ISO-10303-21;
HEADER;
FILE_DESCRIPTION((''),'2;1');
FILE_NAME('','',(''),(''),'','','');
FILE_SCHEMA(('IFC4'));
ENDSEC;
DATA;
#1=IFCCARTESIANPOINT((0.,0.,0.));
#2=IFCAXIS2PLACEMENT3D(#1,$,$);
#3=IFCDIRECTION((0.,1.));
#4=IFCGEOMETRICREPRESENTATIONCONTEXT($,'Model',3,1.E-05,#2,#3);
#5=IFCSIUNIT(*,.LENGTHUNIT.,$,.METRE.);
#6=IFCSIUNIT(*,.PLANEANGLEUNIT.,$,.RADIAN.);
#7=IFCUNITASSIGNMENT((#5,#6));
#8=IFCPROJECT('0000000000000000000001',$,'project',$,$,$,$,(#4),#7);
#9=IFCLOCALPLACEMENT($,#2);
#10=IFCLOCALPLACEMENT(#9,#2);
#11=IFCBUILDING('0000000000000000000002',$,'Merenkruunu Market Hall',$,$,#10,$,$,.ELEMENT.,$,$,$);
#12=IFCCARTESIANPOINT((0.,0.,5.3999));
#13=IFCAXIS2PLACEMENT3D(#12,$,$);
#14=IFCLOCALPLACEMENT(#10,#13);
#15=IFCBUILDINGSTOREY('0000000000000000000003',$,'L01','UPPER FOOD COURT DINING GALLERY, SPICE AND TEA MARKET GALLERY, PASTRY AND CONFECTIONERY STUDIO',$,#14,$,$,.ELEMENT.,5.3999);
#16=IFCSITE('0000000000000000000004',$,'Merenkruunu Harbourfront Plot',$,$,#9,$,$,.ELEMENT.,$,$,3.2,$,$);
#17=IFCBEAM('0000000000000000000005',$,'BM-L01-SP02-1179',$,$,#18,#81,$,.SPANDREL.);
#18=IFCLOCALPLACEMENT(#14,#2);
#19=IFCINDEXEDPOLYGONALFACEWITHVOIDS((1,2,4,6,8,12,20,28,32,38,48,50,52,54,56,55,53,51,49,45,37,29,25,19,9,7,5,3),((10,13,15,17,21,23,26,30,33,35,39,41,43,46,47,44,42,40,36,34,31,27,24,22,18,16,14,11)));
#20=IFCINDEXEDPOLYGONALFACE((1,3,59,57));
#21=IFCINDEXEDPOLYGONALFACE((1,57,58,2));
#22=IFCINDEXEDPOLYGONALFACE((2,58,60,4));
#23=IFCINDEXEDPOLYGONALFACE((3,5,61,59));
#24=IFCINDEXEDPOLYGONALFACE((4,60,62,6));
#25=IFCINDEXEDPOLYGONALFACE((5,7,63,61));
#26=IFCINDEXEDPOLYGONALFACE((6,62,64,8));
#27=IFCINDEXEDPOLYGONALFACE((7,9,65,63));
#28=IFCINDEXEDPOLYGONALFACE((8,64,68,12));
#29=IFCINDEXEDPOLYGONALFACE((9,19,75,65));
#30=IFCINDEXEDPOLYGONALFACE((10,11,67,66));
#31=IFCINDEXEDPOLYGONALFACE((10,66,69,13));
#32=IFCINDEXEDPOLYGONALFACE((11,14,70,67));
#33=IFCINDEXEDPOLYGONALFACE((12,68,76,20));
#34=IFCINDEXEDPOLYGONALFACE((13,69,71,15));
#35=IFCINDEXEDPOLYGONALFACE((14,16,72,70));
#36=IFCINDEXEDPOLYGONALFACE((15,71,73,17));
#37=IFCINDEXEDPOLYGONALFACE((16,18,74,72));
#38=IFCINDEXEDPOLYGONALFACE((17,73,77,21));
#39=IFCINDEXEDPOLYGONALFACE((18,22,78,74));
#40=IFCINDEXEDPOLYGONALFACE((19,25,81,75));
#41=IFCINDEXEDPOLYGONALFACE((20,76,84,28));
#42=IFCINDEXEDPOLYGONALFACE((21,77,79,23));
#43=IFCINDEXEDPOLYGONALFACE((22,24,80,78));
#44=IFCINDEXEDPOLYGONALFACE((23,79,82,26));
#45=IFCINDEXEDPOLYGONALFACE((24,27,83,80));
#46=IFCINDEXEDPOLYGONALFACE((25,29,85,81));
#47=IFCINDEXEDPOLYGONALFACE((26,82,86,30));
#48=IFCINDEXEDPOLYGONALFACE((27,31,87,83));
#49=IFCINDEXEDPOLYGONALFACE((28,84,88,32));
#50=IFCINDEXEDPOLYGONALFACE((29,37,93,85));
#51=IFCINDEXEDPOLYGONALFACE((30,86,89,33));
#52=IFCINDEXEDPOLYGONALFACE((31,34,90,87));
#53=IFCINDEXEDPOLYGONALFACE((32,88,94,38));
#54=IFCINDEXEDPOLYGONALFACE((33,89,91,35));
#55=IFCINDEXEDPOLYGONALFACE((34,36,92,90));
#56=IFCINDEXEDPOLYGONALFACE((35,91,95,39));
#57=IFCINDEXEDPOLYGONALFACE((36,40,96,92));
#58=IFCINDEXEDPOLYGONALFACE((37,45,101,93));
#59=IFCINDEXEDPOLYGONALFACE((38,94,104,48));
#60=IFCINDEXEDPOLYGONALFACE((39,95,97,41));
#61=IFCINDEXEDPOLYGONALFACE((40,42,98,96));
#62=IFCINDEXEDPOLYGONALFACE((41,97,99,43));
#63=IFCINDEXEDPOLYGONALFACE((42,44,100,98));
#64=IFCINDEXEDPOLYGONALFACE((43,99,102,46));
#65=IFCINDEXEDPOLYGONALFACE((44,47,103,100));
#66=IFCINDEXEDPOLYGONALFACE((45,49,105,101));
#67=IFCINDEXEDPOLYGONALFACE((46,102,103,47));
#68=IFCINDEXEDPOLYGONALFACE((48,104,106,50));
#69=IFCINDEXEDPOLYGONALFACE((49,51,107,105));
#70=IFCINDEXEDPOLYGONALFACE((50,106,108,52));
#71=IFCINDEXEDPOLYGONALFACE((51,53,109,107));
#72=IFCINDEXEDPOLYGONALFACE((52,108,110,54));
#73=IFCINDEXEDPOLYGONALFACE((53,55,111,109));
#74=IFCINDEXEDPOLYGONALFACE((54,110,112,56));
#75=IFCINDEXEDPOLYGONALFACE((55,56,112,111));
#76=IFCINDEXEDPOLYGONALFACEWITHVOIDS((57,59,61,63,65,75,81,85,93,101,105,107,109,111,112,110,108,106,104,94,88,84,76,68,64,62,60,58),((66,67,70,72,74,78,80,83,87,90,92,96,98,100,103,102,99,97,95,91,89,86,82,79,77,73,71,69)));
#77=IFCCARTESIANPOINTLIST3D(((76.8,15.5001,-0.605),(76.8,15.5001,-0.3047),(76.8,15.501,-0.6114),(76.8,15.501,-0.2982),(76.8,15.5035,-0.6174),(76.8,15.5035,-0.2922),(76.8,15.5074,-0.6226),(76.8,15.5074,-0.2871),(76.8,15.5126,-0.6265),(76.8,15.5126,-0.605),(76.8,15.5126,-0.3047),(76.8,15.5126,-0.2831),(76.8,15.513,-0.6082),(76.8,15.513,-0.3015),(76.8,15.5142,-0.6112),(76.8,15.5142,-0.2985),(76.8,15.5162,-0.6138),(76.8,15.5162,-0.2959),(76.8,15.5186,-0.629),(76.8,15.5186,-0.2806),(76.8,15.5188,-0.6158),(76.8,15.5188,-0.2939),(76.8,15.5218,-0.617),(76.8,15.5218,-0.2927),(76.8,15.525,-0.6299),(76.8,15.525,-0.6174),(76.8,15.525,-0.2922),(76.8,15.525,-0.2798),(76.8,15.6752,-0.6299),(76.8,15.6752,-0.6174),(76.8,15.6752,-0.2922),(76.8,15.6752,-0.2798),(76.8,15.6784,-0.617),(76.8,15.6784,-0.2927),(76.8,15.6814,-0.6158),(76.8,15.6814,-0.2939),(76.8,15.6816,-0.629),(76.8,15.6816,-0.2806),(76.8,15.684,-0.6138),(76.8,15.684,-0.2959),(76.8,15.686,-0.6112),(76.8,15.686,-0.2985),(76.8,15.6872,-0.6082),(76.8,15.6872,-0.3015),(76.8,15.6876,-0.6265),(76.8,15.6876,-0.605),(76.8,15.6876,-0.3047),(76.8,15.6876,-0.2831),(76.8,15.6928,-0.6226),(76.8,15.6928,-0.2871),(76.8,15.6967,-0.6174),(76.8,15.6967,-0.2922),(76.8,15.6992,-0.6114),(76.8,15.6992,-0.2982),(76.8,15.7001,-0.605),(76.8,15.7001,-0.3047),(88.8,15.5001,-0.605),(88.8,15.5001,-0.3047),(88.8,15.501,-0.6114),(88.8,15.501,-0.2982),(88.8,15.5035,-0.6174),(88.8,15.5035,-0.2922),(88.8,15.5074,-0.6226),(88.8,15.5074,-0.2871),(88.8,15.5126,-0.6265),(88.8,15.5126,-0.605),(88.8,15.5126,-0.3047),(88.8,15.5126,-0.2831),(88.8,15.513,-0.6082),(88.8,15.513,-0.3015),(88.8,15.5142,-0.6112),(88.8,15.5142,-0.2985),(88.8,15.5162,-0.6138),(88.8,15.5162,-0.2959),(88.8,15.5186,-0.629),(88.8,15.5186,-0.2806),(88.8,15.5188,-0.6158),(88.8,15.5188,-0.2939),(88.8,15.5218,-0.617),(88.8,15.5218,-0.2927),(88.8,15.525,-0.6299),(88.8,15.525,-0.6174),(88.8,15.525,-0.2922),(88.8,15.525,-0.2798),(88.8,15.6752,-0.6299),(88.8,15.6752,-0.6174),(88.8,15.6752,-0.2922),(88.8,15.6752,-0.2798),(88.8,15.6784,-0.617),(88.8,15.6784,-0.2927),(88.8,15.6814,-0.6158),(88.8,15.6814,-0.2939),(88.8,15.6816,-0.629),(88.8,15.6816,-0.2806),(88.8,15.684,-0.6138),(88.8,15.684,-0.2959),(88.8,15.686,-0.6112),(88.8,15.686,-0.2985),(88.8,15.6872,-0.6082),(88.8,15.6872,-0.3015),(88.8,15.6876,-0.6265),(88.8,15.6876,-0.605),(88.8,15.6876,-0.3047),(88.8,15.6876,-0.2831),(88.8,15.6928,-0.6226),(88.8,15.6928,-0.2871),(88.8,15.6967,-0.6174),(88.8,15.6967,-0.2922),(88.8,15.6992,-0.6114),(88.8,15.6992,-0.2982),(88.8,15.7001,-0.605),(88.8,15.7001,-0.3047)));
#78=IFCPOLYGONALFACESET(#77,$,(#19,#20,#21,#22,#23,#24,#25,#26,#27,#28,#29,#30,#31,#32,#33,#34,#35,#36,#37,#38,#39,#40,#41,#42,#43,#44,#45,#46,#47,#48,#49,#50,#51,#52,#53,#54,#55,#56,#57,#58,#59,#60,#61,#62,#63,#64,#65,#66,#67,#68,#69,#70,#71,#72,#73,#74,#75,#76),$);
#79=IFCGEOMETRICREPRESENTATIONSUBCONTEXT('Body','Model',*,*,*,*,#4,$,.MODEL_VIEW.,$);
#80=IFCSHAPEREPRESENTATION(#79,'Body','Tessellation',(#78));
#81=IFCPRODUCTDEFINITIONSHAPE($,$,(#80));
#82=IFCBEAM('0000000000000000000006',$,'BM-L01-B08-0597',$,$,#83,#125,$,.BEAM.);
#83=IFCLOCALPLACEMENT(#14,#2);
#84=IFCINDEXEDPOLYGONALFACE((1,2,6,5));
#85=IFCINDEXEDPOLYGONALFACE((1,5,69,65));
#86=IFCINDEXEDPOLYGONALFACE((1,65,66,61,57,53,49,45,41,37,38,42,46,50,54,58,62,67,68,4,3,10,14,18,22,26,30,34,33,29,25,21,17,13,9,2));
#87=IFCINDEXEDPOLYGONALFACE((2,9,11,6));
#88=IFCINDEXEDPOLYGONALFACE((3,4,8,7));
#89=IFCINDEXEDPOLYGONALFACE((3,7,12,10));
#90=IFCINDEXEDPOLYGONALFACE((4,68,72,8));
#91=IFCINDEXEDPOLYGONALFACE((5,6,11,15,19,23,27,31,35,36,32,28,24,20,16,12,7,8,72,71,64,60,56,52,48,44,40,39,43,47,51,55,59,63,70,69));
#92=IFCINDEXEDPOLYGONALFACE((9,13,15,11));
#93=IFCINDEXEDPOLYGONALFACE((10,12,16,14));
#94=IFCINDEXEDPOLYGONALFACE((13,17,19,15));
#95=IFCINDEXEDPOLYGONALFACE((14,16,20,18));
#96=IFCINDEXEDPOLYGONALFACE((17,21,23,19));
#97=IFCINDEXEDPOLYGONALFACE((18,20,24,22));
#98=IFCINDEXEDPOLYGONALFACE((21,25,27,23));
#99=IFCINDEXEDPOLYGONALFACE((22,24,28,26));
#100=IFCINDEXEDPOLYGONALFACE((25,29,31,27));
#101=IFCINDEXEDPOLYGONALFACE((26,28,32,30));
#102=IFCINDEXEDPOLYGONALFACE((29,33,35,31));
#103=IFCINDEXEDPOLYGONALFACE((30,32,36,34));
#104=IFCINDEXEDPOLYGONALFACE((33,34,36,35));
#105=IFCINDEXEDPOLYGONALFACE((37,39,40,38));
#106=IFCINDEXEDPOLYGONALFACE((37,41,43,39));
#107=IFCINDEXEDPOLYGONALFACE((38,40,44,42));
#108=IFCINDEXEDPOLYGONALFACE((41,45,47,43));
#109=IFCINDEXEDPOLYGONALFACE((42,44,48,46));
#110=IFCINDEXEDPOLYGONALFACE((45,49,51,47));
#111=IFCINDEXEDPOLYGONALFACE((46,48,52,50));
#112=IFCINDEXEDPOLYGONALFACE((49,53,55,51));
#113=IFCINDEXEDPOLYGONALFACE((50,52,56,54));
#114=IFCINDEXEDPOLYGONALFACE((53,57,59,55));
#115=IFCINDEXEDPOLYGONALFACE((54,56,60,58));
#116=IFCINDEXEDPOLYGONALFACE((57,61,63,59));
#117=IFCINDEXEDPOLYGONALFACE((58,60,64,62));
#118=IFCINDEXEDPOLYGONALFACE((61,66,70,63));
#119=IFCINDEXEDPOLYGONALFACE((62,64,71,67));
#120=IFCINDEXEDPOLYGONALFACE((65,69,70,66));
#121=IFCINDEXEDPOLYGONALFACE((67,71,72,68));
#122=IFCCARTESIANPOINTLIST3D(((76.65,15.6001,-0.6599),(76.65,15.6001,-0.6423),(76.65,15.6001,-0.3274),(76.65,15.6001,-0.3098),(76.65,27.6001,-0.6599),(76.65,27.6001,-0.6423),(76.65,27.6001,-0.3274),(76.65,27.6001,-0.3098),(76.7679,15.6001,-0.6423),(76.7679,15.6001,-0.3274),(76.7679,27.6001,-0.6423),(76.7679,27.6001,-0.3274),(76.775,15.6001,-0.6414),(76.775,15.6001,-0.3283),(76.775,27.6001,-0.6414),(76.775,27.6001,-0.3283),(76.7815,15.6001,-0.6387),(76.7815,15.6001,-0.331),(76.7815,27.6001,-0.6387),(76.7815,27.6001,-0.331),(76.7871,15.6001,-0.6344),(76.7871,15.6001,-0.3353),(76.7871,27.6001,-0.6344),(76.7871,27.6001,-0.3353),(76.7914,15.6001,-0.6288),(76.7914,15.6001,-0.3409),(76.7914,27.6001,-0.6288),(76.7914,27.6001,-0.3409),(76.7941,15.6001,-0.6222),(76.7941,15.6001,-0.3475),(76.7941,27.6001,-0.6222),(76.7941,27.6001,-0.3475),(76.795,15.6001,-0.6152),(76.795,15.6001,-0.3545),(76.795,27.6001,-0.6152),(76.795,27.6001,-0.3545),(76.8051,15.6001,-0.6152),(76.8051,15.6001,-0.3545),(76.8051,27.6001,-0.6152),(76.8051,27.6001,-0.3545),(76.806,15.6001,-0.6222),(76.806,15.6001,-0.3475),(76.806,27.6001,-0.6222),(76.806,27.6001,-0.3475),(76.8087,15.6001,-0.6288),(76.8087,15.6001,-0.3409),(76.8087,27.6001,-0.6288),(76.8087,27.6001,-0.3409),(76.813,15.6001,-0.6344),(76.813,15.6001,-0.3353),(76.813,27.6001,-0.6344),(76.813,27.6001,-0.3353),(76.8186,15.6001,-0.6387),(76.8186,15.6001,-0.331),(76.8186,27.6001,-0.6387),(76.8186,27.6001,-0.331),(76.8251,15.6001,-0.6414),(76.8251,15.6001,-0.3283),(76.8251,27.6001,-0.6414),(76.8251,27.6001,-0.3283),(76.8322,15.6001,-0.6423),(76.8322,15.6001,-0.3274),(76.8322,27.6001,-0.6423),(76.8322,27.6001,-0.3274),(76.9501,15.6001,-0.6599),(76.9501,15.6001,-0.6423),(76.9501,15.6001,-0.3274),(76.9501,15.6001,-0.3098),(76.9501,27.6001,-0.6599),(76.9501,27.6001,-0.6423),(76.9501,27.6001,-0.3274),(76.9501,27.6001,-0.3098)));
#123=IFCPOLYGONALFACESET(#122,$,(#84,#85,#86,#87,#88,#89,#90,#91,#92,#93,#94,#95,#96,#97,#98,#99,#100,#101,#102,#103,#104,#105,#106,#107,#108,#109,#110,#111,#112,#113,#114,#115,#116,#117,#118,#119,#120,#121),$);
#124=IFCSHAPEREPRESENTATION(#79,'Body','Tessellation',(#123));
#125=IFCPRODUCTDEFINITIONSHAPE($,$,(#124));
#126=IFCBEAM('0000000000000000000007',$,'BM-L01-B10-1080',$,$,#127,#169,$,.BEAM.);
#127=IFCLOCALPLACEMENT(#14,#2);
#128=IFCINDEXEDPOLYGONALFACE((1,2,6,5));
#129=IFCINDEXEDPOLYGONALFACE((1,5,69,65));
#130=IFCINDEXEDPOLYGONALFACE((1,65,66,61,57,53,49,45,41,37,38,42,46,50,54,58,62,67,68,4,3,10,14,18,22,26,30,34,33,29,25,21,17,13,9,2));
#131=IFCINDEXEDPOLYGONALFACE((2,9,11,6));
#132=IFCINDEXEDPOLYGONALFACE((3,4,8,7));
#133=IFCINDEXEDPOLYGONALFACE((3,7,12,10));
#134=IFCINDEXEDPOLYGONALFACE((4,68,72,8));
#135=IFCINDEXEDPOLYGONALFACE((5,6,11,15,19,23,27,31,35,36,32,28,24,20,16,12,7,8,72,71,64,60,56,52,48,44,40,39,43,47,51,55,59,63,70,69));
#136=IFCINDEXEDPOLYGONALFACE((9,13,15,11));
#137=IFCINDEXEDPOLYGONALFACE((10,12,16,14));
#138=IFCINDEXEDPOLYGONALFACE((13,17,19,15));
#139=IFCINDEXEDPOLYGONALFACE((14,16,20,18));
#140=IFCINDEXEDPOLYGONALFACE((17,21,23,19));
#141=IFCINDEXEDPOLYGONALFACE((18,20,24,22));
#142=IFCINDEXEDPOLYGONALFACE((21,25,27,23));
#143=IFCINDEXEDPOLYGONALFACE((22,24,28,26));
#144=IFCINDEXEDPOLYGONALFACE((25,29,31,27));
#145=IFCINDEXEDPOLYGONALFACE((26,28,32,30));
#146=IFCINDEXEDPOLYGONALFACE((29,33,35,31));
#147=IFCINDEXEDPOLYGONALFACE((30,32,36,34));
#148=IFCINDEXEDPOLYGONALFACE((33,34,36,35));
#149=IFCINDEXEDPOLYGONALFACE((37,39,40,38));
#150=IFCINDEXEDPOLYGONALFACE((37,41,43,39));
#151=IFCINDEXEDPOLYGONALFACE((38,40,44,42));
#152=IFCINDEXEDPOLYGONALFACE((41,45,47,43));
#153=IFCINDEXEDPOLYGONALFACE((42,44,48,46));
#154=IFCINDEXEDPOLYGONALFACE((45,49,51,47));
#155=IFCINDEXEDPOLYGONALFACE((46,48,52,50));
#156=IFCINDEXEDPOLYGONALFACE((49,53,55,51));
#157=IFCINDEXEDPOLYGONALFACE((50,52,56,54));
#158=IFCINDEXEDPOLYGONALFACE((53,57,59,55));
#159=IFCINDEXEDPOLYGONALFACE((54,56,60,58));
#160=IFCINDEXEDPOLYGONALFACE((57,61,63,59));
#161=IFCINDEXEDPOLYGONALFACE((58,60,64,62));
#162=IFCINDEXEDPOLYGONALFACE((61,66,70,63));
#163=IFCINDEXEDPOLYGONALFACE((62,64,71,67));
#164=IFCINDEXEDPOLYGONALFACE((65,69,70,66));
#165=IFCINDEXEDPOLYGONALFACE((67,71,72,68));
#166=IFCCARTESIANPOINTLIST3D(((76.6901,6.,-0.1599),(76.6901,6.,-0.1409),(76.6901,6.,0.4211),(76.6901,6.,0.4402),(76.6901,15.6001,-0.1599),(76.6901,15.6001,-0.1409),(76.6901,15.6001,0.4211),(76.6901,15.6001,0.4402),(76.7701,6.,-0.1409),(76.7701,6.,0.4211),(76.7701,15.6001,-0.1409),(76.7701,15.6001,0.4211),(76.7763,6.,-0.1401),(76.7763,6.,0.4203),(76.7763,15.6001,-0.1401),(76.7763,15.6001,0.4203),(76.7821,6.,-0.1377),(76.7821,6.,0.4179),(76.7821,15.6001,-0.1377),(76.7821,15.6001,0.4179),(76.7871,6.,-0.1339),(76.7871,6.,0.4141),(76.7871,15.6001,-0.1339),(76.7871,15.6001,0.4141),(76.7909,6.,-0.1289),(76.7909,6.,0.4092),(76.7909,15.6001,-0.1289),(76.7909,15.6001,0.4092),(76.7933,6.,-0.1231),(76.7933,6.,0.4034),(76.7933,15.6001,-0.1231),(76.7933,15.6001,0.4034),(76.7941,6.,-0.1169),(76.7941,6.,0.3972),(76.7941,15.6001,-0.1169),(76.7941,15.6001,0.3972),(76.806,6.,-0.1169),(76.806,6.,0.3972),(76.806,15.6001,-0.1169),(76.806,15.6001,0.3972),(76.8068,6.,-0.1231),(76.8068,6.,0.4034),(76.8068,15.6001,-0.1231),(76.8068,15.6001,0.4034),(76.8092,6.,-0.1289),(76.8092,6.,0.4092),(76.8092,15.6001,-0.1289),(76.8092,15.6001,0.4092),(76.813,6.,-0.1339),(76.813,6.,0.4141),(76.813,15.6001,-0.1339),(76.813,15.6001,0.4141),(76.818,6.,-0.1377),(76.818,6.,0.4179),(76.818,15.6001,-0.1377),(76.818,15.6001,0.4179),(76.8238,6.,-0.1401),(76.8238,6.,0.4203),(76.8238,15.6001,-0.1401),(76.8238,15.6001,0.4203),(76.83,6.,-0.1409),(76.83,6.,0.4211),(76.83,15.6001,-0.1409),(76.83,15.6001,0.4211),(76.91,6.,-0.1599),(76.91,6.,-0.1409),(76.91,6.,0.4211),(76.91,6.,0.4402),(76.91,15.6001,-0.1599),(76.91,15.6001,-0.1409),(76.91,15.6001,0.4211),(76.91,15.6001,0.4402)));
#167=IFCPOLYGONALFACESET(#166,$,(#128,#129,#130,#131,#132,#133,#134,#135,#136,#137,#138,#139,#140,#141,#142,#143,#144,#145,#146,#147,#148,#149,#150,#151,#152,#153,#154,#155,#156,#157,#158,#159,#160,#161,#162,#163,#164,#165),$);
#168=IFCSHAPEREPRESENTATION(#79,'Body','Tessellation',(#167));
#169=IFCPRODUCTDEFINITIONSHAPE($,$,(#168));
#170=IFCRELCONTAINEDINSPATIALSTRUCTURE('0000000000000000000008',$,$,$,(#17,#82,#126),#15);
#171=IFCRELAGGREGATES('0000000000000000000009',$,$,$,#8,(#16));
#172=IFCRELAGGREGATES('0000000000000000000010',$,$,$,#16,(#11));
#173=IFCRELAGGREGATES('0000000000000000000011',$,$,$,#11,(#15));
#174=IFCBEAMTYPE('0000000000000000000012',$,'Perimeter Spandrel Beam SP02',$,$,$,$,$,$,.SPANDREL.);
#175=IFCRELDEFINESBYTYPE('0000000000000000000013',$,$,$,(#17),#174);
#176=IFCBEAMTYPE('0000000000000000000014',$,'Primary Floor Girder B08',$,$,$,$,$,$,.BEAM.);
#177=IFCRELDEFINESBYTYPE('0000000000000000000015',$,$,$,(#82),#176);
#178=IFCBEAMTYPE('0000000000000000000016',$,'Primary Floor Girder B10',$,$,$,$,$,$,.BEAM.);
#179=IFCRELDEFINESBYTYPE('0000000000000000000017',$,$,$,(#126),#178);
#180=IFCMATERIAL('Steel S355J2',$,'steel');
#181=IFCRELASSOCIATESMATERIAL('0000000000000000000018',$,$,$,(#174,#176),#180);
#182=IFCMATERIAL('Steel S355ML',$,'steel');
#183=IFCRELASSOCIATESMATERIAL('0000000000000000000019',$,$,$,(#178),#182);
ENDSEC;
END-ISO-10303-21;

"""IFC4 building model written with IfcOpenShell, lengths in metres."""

from ifc_helpers import new_model, si_unit, direction, frame, origin, origin_2d, place, context, subcontext, project, spatial, hollow_rectangle, i_section, extrude, material, material_profile, profile_set, type_object, element, save


model = new_model("IFC4")

# Units and contexts
model_context = context("Model", 3, precision=1e-05, world=origin(), true_north=direction((0.0, 1.0)))
body_context = subcontext(model_context, "Body", "Model", "MODEL_VIEW")
ifc_project = project(units=[si_unit("LENGTHUNIT", "METRE"), si_unit("PLANEANGLEUNIT", "RADIAN")], contexts=[model_context])

# Site, building, storey
site_placement = place(None, origin())
site = spatial("IfcSite", under=ifc_project, at=site_placement, Name="Merenkruunu Harbourfront Plot", CompositionType="ELEMENT", RefElevation=3.2)
building_placement = place(site_placement, origin())
building = spatial("IfcBuilding", under=site, at=building_placement, Name="Merenkruunu Market Hall", CompositionType="ELEMENT")
storey_placement = place(building_placement, frame((0.0, 0.0, 5.3999)))
storey = spatial("IfcBuildingStorey", under=building, at=storey_placement, Name="L01", Description="UPPER FOOD COURT DINING GALLERY, SPICE AND TEA MARKET GALLERY, PASTRY AND CONFECTIONERY STUDIO", CompositionType="ELEMENT", Elevation=5.3999)

# Shared definitions
ifc_material_1 = material(Name="Steel S355ML", Category="steel")

# Beams
ifc_material_2 = material(Name="Steel S355J2", Category="steel")
ifc_material_profile_1 = material_profile(ifc_material_2, hollow_rectangle(XDim=0.2, YDim=0.3501, WallThickness=0.0125, InnerFilletRadius=0.0125, OuterFilletRadius=0.0249, at=origin_2d()), Name="RHS 350x200x12.5")
ifc_profile_set_1 = profile_set([ifc_material_profile_1], Name="Steel S355J2")
beam_type_1 = type_object("IfcBeamType", Name="Perimeter Spandrel Beam SP02", PredefinedType="SPANDREL", material=ifc_profile_set_1)
beam_1_placement = place(storey_placement, frame((76.8, 15.6001, -0.4548), z_axis=(1.0, 0.0, 0.0), x_axis=(0.0, 1.0, 0.0)))
element("IfcBeam", 1, at=beam_1_placement, inside=storey, type_object=beam_type_1, Name="BM-L01-SP02-1179", PredefinedType="SPANDREL", context=body_context, shape_type="SweptSolid", body=[
    extrude(hollow_rectangle(XDim=0.2, YDim=0.3501, WallThickness=0.0125, InnerFilletRadius=0.0125, OuterFilletRadius=0.0249, at=origin_2d()), origin(), (0.0, 0.0, 1.0), 12.0),
])
ifc_material_profile_2 = material_profile(ifc_material_2, i_section(OverallWidth=0.3, OverallDepth=0.3501, WebThickness=0.01, FlangeThickness=0.0176, FilletRadius=0.0271, at=origin_2d()), Name="HEA 360")
ifc_profile_set_2 = profile_set([ifc_material_profile_2], Name="Steel S355J2")
beam_type_2 = type_object("IfcBeamType", Name="Primary Floor Girder B08", PredefinedType="BEAM", material=ifc_profile_set_2)
beam_2_placement = place(storey_placement, frame((76.8, 15.6001, -0.4849), z_axis=(0.0, 1.0, 0.0), x_axis=(-1.0, 0.0, 0.0)))
element("IfcBeam", 2, at=beam_2_placement, inside=storey, type_object=beam_type_2, Name="BM-L01-B08-0597", PredefinedType="BEAM", context=body_context, shape_type="SweptSolid", body=[
    extrude(i_section(OverallWidth=0.3, OverallDepth=0.3501, WebThickness=0.01, FlangeThickness=0.0176, FilletRadius=0.0271, at=origin_2d()), origin(), (0.0, 0.0, 1.0), 12.0),
])
ifc_material_profile_3 = material_profile(ifc_material_1, i_section(OverallWidth=0.22, OverallDepth=0.6001, WebThickness=0.012, FlangeThickness=0.019, FilletRadius=0.0239, at=origin_2d()), Name="IPE 600")
ifc_profile_set_3 = profile_set([ifc_material_profile_3], Name="Steel S355ML")
beam_type_3 = type_object("IfcBeamType", Name="Primary Floor Girder B10", PredefinedType="BEAM", material=ifc_profile_set_3)
beam_3_placement = place(storey_placement, frame((76.8, 15.6001, 0.1401), z_axis=(0.0, -1.0, 0.0), x_axis=(1.0, 0.0, 0.0)))
element("IfcBeam", 3, at=beam_3_placement, inside=storey, type_object=beam_type_3, Name="BM-L01-B10-1080", PredefinedType="BEAM", context=body_context, shape_type="SweptSolid", body=[
    extrude(i_section(OverallWidth=0.22, OverallDepth=0.6001, WebThickness=0.012, FlangeThickness=0.019, FilletRadius=0.0239, at=origin_2d()), origin(), (0.0, 0.0, 1.0), 9.6001),
])

save(model, "model.ifc")
